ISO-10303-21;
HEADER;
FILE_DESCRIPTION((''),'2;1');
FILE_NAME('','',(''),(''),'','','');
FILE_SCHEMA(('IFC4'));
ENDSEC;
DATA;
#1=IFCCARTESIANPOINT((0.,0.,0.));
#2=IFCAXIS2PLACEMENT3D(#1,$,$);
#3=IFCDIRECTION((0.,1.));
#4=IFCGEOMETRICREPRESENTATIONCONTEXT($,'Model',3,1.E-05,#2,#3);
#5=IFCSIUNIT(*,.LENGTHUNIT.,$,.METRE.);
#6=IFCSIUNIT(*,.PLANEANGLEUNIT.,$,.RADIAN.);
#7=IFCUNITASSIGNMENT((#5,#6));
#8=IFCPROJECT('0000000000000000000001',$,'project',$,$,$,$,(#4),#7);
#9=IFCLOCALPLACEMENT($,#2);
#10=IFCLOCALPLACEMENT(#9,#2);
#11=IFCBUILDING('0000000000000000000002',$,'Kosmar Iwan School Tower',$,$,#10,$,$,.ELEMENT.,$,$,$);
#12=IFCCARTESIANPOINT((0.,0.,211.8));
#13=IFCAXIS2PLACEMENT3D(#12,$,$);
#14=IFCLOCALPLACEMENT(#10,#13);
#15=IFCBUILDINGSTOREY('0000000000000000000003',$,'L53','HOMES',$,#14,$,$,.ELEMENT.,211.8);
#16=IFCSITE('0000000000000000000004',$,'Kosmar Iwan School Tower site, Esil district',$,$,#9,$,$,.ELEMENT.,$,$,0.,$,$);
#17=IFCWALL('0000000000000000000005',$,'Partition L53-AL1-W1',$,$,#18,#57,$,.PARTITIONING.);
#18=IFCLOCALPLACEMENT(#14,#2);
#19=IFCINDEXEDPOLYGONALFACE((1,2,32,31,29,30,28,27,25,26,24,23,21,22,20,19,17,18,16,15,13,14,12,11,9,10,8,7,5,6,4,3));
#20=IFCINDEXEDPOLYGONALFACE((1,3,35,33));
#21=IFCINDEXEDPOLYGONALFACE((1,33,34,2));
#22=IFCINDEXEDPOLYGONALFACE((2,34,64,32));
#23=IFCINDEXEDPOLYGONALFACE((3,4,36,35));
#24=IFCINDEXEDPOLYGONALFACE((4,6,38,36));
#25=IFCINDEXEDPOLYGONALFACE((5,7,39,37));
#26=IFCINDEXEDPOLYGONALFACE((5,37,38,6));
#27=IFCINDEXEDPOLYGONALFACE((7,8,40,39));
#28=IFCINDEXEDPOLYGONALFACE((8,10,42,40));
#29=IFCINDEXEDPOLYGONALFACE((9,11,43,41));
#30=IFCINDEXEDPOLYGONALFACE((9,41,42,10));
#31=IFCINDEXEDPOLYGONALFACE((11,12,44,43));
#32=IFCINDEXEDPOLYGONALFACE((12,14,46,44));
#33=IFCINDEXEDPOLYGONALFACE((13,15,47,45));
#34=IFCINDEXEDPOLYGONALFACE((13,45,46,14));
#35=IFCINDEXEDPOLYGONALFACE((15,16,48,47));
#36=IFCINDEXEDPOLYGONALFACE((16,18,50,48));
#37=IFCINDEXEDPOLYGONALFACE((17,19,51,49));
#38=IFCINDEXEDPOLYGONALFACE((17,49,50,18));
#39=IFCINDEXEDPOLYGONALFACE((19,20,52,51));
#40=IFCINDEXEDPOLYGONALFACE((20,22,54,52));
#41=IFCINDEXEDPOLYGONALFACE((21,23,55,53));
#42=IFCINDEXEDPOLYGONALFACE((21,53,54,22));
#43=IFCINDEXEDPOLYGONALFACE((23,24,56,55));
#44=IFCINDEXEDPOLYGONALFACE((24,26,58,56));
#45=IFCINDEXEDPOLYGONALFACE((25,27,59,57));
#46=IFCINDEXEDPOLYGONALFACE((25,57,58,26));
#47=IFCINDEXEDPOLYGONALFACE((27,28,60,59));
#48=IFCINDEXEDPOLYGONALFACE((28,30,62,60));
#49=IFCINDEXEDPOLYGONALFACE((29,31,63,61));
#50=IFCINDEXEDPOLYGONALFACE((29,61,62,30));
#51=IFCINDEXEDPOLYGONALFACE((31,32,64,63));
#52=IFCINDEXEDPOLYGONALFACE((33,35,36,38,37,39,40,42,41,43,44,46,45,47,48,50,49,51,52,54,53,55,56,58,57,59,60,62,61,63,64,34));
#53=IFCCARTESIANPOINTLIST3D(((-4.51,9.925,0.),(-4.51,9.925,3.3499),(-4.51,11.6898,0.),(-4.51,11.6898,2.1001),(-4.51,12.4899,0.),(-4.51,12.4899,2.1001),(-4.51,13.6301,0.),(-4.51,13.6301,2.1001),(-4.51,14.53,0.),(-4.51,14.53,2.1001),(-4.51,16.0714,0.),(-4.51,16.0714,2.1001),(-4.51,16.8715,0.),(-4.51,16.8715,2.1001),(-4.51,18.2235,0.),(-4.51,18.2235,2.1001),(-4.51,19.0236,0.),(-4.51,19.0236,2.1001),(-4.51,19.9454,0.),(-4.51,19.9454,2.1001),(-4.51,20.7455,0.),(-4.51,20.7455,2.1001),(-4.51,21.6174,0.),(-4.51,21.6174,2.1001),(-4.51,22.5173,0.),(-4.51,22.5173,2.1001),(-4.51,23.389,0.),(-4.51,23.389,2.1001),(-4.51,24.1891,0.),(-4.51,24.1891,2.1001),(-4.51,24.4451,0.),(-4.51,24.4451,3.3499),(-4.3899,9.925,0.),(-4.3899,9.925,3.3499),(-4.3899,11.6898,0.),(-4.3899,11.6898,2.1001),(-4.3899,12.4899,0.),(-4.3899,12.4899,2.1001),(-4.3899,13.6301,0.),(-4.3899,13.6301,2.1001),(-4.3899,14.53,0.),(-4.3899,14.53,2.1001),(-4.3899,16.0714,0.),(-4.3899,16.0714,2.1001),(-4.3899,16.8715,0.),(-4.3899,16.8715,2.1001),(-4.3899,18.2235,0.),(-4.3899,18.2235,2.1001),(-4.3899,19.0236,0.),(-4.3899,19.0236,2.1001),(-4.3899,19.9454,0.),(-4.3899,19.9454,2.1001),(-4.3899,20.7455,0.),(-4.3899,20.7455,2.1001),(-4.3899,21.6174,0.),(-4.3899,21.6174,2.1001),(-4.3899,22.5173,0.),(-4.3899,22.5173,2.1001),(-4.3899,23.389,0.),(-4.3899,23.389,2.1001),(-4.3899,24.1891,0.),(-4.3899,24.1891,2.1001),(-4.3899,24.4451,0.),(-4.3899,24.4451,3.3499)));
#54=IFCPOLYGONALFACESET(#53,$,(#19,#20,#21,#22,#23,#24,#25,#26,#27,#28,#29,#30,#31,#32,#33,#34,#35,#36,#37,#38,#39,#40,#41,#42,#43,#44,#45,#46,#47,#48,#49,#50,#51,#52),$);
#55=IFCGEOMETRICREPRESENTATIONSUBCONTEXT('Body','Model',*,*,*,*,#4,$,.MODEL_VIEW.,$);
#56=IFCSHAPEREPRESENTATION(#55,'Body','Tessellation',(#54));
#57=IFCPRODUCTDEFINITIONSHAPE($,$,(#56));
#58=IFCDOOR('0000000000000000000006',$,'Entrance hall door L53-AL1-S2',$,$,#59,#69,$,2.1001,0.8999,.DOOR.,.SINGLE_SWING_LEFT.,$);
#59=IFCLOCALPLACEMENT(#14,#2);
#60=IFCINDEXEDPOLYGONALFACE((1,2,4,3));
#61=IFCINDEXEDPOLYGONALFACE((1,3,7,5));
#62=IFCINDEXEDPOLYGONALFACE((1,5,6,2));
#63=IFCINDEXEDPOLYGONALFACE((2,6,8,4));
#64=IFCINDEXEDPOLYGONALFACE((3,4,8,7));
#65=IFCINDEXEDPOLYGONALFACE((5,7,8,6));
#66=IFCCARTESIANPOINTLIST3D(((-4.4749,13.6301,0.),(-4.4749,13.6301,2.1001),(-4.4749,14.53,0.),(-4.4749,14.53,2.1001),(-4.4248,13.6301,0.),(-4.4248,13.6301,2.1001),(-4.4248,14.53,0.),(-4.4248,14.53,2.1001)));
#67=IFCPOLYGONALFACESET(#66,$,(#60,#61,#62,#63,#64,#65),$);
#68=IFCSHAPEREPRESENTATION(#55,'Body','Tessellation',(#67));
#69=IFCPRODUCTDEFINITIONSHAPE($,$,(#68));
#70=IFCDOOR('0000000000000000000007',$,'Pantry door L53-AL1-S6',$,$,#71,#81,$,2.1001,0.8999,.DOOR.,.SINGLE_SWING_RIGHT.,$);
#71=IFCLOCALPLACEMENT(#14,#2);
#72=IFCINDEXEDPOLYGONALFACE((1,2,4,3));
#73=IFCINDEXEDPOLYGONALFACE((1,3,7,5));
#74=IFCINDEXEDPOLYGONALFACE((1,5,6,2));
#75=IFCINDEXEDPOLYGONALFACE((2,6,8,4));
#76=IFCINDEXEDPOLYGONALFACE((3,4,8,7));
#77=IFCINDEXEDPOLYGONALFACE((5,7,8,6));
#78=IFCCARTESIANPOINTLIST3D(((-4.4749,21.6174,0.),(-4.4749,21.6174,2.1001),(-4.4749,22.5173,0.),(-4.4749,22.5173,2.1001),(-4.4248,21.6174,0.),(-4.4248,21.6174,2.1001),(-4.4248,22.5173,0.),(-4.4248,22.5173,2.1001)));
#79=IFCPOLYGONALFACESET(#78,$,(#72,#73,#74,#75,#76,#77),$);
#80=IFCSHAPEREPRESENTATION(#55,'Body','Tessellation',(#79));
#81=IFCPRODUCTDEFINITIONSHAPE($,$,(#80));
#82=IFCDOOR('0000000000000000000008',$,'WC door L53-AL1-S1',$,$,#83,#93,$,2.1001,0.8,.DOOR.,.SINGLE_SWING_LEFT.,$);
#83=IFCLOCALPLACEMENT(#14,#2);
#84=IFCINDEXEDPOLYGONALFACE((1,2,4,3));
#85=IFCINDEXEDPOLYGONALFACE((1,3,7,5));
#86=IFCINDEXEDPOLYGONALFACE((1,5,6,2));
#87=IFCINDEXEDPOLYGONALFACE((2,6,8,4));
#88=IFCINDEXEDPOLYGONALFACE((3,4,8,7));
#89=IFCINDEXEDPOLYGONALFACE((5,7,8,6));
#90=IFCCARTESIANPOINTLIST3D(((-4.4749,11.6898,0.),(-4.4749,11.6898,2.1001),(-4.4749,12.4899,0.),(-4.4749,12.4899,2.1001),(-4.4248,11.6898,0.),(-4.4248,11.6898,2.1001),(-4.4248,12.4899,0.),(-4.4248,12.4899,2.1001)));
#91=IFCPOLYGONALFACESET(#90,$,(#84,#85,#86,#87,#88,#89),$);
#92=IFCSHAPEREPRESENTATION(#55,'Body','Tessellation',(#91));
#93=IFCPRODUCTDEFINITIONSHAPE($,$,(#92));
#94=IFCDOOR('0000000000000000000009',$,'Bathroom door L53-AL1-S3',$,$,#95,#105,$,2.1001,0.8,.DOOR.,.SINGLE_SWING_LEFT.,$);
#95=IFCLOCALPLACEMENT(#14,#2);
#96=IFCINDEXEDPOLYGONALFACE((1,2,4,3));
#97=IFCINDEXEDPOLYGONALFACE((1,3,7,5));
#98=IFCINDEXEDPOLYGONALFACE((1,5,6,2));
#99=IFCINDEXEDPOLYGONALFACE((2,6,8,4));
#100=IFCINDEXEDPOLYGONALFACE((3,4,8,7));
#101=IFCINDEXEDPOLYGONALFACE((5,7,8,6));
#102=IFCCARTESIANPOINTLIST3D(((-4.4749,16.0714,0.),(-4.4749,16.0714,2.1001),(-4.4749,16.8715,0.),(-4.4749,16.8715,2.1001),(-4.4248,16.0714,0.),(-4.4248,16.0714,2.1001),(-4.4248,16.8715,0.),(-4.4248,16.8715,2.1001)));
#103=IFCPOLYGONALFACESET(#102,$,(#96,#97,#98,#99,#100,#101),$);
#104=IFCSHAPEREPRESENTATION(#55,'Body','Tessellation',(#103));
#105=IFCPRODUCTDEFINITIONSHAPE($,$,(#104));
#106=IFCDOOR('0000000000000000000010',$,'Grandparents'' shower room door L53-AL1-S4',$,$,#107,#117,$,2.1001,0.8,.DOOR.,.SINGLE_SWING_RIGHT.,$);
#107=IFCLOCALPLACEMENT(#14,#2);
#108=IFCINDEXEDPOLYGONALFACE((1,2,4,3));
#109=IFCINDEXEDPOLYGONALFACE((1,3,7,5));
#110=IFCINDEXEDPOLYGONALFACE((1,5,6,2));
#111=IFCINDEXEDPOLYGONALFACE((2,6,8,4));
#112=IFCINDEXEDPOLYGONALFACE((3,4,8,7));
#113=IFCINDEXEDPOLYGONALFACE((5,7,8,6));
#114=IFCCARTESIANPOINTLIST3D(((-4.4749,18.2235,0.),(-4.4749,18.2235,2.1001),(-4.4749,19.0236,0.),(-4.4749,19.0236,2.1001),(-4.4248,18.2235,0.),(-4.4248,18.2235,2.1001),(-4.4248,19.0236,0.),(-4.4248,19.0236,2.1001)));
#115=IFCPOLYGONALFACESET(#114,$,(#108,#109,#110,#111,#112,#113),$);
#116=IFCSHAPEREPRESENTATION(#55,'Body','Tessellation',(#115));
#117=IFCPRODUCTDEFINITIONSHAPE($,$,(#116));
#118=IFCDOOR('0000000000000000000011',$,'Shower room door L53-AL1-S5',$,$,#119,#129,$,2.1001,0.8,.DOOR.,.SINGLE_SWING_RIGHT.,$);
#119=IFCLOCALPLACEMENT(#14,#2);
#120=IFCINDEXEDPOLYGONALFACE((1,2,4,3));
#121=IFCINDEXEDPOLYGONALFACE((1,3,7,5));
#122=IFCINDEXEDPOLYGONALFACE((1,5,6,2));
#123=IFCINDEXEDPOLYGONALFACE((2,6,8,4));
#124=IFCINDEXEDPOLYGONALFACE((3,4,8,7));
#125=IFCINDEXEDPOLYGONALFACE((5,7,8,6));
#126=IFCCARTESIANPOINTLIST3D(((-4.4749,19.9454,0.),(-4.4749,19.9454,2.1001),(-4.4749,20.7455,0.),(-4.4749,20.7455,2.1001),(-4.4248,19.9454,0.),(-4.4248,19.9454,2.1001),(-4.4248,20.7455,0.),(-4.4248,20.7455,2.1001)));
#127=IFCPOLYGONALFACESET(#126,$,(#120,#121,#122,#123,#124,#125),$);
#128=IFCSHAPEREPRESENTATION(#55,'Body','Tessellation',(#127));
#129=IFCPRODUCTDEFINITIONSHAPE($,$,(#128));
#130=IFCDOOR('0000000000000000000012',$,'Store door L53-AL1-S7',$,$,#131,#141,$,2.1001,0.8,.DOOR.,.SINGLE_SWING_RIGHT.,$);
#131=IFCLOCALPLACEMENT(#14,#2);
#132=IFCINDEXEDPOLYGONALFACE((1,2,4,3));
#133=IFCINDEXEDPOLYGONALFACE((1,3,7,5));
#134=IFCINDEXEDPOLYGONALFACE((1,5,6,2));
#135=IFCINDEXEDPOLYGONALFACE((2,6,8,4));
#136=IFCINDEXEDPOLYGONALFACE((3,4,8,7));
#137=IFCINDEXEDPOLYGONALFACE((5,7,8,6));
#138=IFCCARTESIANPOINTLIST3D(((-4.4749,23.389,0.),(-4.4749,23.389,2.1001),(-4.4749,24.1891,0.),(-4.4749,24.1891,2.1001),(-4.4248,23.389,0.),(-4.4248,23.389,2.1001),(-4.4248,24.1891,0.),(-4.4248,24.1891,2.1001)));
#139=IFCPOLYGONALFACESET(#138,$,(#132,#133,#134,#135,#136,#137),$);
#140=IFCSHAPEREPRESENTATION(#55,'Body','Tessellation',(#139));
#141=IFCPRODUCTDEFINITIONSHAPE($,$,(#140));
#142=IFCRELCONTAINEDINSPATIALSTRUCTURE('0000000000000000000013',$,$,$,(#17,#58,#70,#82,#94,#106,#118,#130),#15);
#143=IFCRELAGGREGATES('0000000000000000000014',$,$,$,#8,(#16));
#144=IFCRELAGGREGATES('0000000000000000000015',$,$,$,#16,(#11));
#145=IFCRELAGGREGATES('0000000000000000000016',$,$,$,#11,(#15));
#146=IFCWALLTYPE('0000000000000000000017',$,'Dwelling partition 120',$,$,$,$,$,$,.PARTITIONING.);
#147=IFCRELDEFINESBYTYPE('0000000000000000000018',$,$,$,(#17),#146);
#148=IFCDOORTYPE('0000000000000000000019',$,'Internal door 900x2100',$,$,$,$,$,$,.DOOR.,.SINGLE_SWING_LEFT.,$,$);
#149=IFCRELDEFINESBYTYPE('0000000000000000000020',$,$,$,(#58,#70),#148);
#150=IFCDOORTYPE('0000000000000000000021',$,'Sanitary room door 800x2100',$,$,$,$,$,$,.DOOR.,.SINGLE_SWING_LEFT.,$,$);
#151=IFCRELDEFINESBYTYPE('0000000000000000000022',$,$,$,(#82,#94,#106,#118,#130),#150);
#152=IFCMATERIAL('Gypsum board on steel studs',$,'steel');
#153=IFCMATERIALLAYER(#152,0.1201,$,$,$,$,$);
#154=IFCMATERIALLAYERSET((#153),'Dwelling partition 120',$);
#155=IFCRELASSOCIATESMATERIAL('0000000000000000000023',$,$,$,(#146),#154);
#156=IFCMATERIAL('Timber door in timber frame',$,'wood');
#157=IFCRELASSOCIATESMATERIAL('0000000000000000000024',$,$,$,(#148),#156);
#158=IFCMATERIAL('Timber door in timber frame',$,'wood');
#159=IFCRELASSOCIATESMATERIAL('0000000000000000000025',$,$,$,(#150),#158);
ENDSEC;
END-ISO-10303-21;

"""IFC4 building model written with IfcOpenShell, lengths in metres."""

from ifc_helpers import new_model, si_unit, direction, frame, frame_2d, origin, place, context, subcontext, project, spatial, rectangle, extrude, material, layer, layer_set, type_object, element, fill, save


model = new_model("IFC4")

# Units and contexts
model_context = context("Model", 3, precision=1e-05, world=origin(), true_north=direction((0.0, 1.0)))
body_context = subcontext(model_context, "Body", "Model", "MODEL_VIEW")
ifc_project = project(units=[si_unit("LENGTHUNIT", "METRE"), si_unit("PLANEANGLEUNIT", "RADIAN")], contexts=[model_context])

# Site, building, storey
site_placement = place(None, origin())
site = spatial("IfcSite", under=ifc_project, at=site_placement, Name="Kosmar Iwan School Tower site, Esil district", CompositionType="ELEMENT", RefElevation=0.0)
building_placement = place(site_placement, origin())
building = spatial("IfcBuilding", under=site, at=building_placement, Name="Kosmar Iwan School Tower", CompositionType="ELEMENT")
storey_placement = place(building_placement, frame((0.0, 0.0, 211.8)))
storey = spatial("IfcBuildingStorey", under=building, at=storey_placement, Name="L53", Description="HOMES", CompositionType="ELEMENT", Elevation=211.8)

# Wall, openings, doors
ifc_material_1 = material(Name="Gypsum board on steel studs", Category="steel")
ifc_layer_1 = layer(ifc_material_1, 0.1201)
ifc_layer_set_1 = layer_set([ifc_layer_1], Name="Dwelling partition 120")
wall_type_1 = type_object("IfcWallType", Name="Dwelling partition 120", PredefinedType="PARTITIONING", material=ifc_layer_set_1)
wall_1_placement = place(storey_placement, frame((-4.45, 9.925, 0.0), z_axis=(0.0, 0.0, 1.0), x_axis=(0.0, 1.0, 0.0)))
wall_1 = element("IfcWall", 1, at=wall_1_placement, inside=storey, type_object=wall_type_1, Name="Partition L53-AL1-W1", PredefinedType="PARTITIONING", context=body_context, shape_type="SweptSolid", body=[
    extrude(rectangle(XDim=14.52, YDim=0.1201, at=frame_2d((7.26, 0.0))), origin(), (0.0, 0.0, 1.0), 3.3499),
])
opening_1_placement = place(wall_1_placement, frame((1.7649, 0.0, 0.0)))
opening_1 = element("IfcOpeningElement", 2, at=opening_1_placement, cuts=wall_1, PredefinedType="OPENING", context=body_context, shape_type="SweptSolid", body=[
    extrude(rectangle(XDim=0.8, YDim=2.1001, at=frame_2d((0.3999, 1.05))), frame((0.0, 0.072, 0.0), z_axis=(0.0, -1.0, 0.0), x_axis=(1.0, 0.0, 0.0)), (0.0, 0.0, 1.0), 0.144),
])
opening_2_placement = place(wall_1_placement, frame((3.7051, 0.0, 0.0)))
opening_2 = element("IfcOpeningElement", 3, at=opening_2_placement, cuts=wall_1, PredefinedType="OPENING", context=body_context, shape_type="SweptSolid", body=[
    extrude(rectangle(XDim=0.8999, YDim=2.1001, at=frame_2d((0.45, 1.05))), frame((0.0, 0.072, 0.0), z_axis=(0.0, -1.0, 0.0), x_axis=(1.0, 0.0, 0.0)), (0.0, 0.0, 1.0), 0.144),
])
opening_3_placement = place(wall_1_placement, frame((6.1465, 0.0, 0.0)))
opening_3 = element("IfcOpeningElement", 4, at=opening_3_placement, cuts=wall_1, PredefinedType="OPENING", context=body_context, shape_type="SweptSolid", body=[
    extrude(rectangle(XDim=0.8, YDim=2.1001, at=frame_2d((0.3999, 1.05))), frame((0.0, 0.072, 0.0), z_axis=(0.0, -1.0, 0.0), x_axis=(1.0, 0.0, 0.0)), (0.0, 0.0, 1.0), 0.144),
])
opening_4_placement = place(wall_1_placement, frame((8.2986, 0.0, 0.0)))
opening_4 = element("IfcOpeningElement", 5, at=opening_4_placement, cuts=wall_1, PredefinedType="OPENING", context=body_context, shape_type="SweptSolid", body=[
    extrude(rectangle(XDim=0.8, YDim=2.1001, at=frame_2d((0.3999, 1.05))), frame((0.0, 0.072, 0.0), z_axis=(0.0, -1.0, 0.0), x_axis=(1.0, 0.0, 0.0)), (0.0, 0.0, 1.0), 0.144),
])
opening_5_placement = place(wall_1_placement, frame((10.0205, 0.0, 0.0)))
opening_5 = element("IfcOpeningElement", 6, at=opening_5_placement, cuts=wall_1, PredefinedType="OPENING", context=body_context, shape_type="SweptSolid", body=[
    extrude(rectangle(XDim=0.8, YDim=2.1001, at=frame_2d((0.3999, 1.05))), frame((0.0, 0.072, 0.0), z_axis=(0.0, -1.0, 0.0), x_axis=(1.0, 0.0, 0.0)), (0.0, 0.0, 1.0), 0.144),
])
opening_6_placement = place(wall_1_placement, frame((11.6924, 0.0, 0.0)))
opening_6 = element("IfcOpeningElement", 7, at=opening_6_placement, cuts=wall_1, PredefinedType="OPENING", context=body_context, shape_type="SweptSolid", body=[
    extrude(rectangle(XDim=0.8999, YDim=2.1001, at=frame_2d((0.45, 1.05))), frame((0.0, 0.072, 0.0), z_axis=(0.0, -1.0, 0.0), x_axis=(1.0, 0.0, 0.0)), (0.0, 0.0, 1.0), 0.144),
])
opening_7_placement = place(wall_1_placement, frame((13.4641, 0.0, 0.0)))
opening_7 = element("IfcOpeningElement", 8, at=opening_7_placement, cuts=wall_1, PredefinedType="OPENING", context=body_context, shape_type="SweptSolid", body=[
    extrude(rectangle(XDim=0.8, YDim=2.1001, at=frame_2d((0.3999, 1.05))), frame((0.0, 0.072, 0.0), z_axis=(0.0, -1.0, 0.0), x_axis=(1.0, 0.0, 0.0)), (0.0, 0.0, 1.0), 0.144),
])
ifc_material_2 = material(Name="Timber door in timber frame", Category="wood")
door_type_1 = type_object("IfcDoorType", Name="Internal door 900x2100", OperationType="SINGLE_SWING_LEFT", PredefinedType="DOOR", material=ifc_material_2)
door_1_placement = place(opening_2_placement, origin())
door_1 = element("IfcDoor", 9, at=door_1_placement, inside=storey, type_object=door_type_1, Name="Entrance hall door L53-AL1-S2", OperationType="SINGLE_SWING_LEFT", OverallHeight=2.1001, OverallWidth=0.8999, PredefinedType="DOOR", context=body_context, shape_type="SweptSolid", body=[
    extrude(rectangle(XDim=0.8999, YDim=2.1001, at=frame_2d((0.45, 1.05))), frame((0.0, 0.0249, 0.0), z_axis=(0.0, -1.0, 0.0), x_axis=(1.0, 0.0, 0.0)), (0.0, 0.0, 1.0), 0.05),
])
fill(opening_2, door_1)
door_2_placement = place(opening_6_placement, origin())
door_2 = element("IfcDoor", 10, at=door_2_placement, inside=storey, type_object=door_type_1, Name="Pantry door L53-AL1-S6", OperationType="SINGLE_SWING_RIGHT", OverallHeight=2.1001, OverallWidth=0.8999, PredefinedType="DOOR", context=body_context, shape_type="SweptSolid", body=[
    extrude(rectangle(XDim=0.8999, YDim=2.1001, at=frame_2d((0.45, 1.05))), frame((0.0, 0.0249, 0.0), z_axis=(0.0, -1.0, 0.0), x_axis=(1.0, 0.0, 0.0)), (0.0, 0.0, 1.0), 0.05),
])
fill(opening_6, door_2)
ifc_material_3 = material(Name="Timber door in timber frame", Category="wood")
door_type_2 = type_object("IfcDoorType", Name="Sanitary room door 800x2100", OperationType="SINGLE_SWING_LEFT", PredefinedType="DOOR", material=ifc_material_3)
door_3_placement = place(opening_1_placement, origin())
door_3 = element("IfcDoor", 11, at=door_3_placement, inside=storey, type_object=door_type_2, Name="WC door L53-AL1-S1", OperationType="SINGLE_SWING_LEFT", OverallHeight=2.1001, OverallWidth=0.8, PredefinedType="DOOR", context=body_context, shape_type="SweptSolid", body=[
    extrude(rectangle(XDim=0.8, YDim=2.1001, at=frame_2d((0.3999, 1.05))), frame((0.0, 0.0249, 0.0), z_axis=(0.0, -1.0, 0.0), x_axis=(1.0, 0.0, 0.0)), (0.0, 0.0, 1.0), 0.05),
])
fill(opening_1, door_3)
door_4_placement = place(opening_3_placement, origin())
door_4 = element("IfcDoor", 12, at=door_4_placement, inside=storey, type_object=door_type_2, Name="Bathroom door L53-AL1-S3", OperationType="SINGLE_SWING_LEFT", OverallHeight=2.1001, OverallWidth=0.8, PredefinedType="DOOR", context=body_context, shape_type="SweptSolid", body=[
    extrude(rectangle(XDim=0.8, YDim=2.1001, at=frame_2d((0.3999, 1.05))), frame((0.0, 0.0249, 0.0), z_axis=(0.0, -1.0, 0.0), x_axis=(1.0, 0.0, 0.0)), (0.0, 0.0, 1.0), 0.05),
])
fill(opening_3, door_4)
door_5_placement = place(opening_4_placement, origin())
door_5 = element("IfcDoor", 13, at=door_5_placement, inside=storey, type_object=door_type_2, Name="Grandparents' shower room door L53-AL1-S4", OperationType="SINGLE_SWING_RIGHT", OverallHeight=2.1001, OverallWidth=0.8, PredefinedType="DOOR", context=body_context, shape_type="SweptSolid", body=[
    extrude(rectangle(XDim=0.8, YDim=2.1001, at=frame_2d((0.3999, 1.05))), frame((0.0, 0.0249, 0.0), z_axis=(0.0, -1.0, 0.0), x_axis=(1.0, 0.0, 0.0)), (0.0, 0.0, 1.0), 0.05),
])
fill(opening_4, door_5)
door_6_placement = place(opening_5_placement, origin())
door_6 = element("IfcDoor", 14, at=door_6_placement, inside=storey, type_object=door_type_2, Name="Shower room door L53-AL1-S5", OperationType="SINGLE_SWING_RIGHT", OverallHeight=2.1001, OverallWidth=0.8, PredefinedType="DOOR", context=body_context, shape_type="SweptSolid", body=[
    extrude(rectangle(XDim=0.8, YDim=2.1001, at=frame_2d((0.3999, 1.05))), frame((0.0, 0.0249, 0.0), z_axis=(0.0, -1.0, 0.0), x_axis=(1.0, 0.0, 0.0)), (0.0, 0.0, 1.0), 0.05),
])
fill(opening_5, door_6)
door_7_placement = place(opening_7_placement, origin())
door_7 = element("IfcDoor", 15, at=door_7_placement, inside=storey, type_object=door_type_2, Name="Store door L53-AL1-S7", OperationType="SINGLE_SWING_RIGHT", OverallHeight=2.1001, OverallWidth=0.8, PredefinedType="DOOR", context=body_context, shape_type="SweptSolid", body=[
    extrude(rectangle(XDim=0.8, YDim=2.1001, at=frame_2d((0.3999, 1.05))), frame((0.0, 0.0249, 0.0), z_axis=(0.0, -1.0, 0.0), x_axis=(1.0, 0.0, 0.0)), (0.0, 0.0, 1.0), 0.05),
])
fill(opening_7, door_7)

save(model, "model.ifc")
